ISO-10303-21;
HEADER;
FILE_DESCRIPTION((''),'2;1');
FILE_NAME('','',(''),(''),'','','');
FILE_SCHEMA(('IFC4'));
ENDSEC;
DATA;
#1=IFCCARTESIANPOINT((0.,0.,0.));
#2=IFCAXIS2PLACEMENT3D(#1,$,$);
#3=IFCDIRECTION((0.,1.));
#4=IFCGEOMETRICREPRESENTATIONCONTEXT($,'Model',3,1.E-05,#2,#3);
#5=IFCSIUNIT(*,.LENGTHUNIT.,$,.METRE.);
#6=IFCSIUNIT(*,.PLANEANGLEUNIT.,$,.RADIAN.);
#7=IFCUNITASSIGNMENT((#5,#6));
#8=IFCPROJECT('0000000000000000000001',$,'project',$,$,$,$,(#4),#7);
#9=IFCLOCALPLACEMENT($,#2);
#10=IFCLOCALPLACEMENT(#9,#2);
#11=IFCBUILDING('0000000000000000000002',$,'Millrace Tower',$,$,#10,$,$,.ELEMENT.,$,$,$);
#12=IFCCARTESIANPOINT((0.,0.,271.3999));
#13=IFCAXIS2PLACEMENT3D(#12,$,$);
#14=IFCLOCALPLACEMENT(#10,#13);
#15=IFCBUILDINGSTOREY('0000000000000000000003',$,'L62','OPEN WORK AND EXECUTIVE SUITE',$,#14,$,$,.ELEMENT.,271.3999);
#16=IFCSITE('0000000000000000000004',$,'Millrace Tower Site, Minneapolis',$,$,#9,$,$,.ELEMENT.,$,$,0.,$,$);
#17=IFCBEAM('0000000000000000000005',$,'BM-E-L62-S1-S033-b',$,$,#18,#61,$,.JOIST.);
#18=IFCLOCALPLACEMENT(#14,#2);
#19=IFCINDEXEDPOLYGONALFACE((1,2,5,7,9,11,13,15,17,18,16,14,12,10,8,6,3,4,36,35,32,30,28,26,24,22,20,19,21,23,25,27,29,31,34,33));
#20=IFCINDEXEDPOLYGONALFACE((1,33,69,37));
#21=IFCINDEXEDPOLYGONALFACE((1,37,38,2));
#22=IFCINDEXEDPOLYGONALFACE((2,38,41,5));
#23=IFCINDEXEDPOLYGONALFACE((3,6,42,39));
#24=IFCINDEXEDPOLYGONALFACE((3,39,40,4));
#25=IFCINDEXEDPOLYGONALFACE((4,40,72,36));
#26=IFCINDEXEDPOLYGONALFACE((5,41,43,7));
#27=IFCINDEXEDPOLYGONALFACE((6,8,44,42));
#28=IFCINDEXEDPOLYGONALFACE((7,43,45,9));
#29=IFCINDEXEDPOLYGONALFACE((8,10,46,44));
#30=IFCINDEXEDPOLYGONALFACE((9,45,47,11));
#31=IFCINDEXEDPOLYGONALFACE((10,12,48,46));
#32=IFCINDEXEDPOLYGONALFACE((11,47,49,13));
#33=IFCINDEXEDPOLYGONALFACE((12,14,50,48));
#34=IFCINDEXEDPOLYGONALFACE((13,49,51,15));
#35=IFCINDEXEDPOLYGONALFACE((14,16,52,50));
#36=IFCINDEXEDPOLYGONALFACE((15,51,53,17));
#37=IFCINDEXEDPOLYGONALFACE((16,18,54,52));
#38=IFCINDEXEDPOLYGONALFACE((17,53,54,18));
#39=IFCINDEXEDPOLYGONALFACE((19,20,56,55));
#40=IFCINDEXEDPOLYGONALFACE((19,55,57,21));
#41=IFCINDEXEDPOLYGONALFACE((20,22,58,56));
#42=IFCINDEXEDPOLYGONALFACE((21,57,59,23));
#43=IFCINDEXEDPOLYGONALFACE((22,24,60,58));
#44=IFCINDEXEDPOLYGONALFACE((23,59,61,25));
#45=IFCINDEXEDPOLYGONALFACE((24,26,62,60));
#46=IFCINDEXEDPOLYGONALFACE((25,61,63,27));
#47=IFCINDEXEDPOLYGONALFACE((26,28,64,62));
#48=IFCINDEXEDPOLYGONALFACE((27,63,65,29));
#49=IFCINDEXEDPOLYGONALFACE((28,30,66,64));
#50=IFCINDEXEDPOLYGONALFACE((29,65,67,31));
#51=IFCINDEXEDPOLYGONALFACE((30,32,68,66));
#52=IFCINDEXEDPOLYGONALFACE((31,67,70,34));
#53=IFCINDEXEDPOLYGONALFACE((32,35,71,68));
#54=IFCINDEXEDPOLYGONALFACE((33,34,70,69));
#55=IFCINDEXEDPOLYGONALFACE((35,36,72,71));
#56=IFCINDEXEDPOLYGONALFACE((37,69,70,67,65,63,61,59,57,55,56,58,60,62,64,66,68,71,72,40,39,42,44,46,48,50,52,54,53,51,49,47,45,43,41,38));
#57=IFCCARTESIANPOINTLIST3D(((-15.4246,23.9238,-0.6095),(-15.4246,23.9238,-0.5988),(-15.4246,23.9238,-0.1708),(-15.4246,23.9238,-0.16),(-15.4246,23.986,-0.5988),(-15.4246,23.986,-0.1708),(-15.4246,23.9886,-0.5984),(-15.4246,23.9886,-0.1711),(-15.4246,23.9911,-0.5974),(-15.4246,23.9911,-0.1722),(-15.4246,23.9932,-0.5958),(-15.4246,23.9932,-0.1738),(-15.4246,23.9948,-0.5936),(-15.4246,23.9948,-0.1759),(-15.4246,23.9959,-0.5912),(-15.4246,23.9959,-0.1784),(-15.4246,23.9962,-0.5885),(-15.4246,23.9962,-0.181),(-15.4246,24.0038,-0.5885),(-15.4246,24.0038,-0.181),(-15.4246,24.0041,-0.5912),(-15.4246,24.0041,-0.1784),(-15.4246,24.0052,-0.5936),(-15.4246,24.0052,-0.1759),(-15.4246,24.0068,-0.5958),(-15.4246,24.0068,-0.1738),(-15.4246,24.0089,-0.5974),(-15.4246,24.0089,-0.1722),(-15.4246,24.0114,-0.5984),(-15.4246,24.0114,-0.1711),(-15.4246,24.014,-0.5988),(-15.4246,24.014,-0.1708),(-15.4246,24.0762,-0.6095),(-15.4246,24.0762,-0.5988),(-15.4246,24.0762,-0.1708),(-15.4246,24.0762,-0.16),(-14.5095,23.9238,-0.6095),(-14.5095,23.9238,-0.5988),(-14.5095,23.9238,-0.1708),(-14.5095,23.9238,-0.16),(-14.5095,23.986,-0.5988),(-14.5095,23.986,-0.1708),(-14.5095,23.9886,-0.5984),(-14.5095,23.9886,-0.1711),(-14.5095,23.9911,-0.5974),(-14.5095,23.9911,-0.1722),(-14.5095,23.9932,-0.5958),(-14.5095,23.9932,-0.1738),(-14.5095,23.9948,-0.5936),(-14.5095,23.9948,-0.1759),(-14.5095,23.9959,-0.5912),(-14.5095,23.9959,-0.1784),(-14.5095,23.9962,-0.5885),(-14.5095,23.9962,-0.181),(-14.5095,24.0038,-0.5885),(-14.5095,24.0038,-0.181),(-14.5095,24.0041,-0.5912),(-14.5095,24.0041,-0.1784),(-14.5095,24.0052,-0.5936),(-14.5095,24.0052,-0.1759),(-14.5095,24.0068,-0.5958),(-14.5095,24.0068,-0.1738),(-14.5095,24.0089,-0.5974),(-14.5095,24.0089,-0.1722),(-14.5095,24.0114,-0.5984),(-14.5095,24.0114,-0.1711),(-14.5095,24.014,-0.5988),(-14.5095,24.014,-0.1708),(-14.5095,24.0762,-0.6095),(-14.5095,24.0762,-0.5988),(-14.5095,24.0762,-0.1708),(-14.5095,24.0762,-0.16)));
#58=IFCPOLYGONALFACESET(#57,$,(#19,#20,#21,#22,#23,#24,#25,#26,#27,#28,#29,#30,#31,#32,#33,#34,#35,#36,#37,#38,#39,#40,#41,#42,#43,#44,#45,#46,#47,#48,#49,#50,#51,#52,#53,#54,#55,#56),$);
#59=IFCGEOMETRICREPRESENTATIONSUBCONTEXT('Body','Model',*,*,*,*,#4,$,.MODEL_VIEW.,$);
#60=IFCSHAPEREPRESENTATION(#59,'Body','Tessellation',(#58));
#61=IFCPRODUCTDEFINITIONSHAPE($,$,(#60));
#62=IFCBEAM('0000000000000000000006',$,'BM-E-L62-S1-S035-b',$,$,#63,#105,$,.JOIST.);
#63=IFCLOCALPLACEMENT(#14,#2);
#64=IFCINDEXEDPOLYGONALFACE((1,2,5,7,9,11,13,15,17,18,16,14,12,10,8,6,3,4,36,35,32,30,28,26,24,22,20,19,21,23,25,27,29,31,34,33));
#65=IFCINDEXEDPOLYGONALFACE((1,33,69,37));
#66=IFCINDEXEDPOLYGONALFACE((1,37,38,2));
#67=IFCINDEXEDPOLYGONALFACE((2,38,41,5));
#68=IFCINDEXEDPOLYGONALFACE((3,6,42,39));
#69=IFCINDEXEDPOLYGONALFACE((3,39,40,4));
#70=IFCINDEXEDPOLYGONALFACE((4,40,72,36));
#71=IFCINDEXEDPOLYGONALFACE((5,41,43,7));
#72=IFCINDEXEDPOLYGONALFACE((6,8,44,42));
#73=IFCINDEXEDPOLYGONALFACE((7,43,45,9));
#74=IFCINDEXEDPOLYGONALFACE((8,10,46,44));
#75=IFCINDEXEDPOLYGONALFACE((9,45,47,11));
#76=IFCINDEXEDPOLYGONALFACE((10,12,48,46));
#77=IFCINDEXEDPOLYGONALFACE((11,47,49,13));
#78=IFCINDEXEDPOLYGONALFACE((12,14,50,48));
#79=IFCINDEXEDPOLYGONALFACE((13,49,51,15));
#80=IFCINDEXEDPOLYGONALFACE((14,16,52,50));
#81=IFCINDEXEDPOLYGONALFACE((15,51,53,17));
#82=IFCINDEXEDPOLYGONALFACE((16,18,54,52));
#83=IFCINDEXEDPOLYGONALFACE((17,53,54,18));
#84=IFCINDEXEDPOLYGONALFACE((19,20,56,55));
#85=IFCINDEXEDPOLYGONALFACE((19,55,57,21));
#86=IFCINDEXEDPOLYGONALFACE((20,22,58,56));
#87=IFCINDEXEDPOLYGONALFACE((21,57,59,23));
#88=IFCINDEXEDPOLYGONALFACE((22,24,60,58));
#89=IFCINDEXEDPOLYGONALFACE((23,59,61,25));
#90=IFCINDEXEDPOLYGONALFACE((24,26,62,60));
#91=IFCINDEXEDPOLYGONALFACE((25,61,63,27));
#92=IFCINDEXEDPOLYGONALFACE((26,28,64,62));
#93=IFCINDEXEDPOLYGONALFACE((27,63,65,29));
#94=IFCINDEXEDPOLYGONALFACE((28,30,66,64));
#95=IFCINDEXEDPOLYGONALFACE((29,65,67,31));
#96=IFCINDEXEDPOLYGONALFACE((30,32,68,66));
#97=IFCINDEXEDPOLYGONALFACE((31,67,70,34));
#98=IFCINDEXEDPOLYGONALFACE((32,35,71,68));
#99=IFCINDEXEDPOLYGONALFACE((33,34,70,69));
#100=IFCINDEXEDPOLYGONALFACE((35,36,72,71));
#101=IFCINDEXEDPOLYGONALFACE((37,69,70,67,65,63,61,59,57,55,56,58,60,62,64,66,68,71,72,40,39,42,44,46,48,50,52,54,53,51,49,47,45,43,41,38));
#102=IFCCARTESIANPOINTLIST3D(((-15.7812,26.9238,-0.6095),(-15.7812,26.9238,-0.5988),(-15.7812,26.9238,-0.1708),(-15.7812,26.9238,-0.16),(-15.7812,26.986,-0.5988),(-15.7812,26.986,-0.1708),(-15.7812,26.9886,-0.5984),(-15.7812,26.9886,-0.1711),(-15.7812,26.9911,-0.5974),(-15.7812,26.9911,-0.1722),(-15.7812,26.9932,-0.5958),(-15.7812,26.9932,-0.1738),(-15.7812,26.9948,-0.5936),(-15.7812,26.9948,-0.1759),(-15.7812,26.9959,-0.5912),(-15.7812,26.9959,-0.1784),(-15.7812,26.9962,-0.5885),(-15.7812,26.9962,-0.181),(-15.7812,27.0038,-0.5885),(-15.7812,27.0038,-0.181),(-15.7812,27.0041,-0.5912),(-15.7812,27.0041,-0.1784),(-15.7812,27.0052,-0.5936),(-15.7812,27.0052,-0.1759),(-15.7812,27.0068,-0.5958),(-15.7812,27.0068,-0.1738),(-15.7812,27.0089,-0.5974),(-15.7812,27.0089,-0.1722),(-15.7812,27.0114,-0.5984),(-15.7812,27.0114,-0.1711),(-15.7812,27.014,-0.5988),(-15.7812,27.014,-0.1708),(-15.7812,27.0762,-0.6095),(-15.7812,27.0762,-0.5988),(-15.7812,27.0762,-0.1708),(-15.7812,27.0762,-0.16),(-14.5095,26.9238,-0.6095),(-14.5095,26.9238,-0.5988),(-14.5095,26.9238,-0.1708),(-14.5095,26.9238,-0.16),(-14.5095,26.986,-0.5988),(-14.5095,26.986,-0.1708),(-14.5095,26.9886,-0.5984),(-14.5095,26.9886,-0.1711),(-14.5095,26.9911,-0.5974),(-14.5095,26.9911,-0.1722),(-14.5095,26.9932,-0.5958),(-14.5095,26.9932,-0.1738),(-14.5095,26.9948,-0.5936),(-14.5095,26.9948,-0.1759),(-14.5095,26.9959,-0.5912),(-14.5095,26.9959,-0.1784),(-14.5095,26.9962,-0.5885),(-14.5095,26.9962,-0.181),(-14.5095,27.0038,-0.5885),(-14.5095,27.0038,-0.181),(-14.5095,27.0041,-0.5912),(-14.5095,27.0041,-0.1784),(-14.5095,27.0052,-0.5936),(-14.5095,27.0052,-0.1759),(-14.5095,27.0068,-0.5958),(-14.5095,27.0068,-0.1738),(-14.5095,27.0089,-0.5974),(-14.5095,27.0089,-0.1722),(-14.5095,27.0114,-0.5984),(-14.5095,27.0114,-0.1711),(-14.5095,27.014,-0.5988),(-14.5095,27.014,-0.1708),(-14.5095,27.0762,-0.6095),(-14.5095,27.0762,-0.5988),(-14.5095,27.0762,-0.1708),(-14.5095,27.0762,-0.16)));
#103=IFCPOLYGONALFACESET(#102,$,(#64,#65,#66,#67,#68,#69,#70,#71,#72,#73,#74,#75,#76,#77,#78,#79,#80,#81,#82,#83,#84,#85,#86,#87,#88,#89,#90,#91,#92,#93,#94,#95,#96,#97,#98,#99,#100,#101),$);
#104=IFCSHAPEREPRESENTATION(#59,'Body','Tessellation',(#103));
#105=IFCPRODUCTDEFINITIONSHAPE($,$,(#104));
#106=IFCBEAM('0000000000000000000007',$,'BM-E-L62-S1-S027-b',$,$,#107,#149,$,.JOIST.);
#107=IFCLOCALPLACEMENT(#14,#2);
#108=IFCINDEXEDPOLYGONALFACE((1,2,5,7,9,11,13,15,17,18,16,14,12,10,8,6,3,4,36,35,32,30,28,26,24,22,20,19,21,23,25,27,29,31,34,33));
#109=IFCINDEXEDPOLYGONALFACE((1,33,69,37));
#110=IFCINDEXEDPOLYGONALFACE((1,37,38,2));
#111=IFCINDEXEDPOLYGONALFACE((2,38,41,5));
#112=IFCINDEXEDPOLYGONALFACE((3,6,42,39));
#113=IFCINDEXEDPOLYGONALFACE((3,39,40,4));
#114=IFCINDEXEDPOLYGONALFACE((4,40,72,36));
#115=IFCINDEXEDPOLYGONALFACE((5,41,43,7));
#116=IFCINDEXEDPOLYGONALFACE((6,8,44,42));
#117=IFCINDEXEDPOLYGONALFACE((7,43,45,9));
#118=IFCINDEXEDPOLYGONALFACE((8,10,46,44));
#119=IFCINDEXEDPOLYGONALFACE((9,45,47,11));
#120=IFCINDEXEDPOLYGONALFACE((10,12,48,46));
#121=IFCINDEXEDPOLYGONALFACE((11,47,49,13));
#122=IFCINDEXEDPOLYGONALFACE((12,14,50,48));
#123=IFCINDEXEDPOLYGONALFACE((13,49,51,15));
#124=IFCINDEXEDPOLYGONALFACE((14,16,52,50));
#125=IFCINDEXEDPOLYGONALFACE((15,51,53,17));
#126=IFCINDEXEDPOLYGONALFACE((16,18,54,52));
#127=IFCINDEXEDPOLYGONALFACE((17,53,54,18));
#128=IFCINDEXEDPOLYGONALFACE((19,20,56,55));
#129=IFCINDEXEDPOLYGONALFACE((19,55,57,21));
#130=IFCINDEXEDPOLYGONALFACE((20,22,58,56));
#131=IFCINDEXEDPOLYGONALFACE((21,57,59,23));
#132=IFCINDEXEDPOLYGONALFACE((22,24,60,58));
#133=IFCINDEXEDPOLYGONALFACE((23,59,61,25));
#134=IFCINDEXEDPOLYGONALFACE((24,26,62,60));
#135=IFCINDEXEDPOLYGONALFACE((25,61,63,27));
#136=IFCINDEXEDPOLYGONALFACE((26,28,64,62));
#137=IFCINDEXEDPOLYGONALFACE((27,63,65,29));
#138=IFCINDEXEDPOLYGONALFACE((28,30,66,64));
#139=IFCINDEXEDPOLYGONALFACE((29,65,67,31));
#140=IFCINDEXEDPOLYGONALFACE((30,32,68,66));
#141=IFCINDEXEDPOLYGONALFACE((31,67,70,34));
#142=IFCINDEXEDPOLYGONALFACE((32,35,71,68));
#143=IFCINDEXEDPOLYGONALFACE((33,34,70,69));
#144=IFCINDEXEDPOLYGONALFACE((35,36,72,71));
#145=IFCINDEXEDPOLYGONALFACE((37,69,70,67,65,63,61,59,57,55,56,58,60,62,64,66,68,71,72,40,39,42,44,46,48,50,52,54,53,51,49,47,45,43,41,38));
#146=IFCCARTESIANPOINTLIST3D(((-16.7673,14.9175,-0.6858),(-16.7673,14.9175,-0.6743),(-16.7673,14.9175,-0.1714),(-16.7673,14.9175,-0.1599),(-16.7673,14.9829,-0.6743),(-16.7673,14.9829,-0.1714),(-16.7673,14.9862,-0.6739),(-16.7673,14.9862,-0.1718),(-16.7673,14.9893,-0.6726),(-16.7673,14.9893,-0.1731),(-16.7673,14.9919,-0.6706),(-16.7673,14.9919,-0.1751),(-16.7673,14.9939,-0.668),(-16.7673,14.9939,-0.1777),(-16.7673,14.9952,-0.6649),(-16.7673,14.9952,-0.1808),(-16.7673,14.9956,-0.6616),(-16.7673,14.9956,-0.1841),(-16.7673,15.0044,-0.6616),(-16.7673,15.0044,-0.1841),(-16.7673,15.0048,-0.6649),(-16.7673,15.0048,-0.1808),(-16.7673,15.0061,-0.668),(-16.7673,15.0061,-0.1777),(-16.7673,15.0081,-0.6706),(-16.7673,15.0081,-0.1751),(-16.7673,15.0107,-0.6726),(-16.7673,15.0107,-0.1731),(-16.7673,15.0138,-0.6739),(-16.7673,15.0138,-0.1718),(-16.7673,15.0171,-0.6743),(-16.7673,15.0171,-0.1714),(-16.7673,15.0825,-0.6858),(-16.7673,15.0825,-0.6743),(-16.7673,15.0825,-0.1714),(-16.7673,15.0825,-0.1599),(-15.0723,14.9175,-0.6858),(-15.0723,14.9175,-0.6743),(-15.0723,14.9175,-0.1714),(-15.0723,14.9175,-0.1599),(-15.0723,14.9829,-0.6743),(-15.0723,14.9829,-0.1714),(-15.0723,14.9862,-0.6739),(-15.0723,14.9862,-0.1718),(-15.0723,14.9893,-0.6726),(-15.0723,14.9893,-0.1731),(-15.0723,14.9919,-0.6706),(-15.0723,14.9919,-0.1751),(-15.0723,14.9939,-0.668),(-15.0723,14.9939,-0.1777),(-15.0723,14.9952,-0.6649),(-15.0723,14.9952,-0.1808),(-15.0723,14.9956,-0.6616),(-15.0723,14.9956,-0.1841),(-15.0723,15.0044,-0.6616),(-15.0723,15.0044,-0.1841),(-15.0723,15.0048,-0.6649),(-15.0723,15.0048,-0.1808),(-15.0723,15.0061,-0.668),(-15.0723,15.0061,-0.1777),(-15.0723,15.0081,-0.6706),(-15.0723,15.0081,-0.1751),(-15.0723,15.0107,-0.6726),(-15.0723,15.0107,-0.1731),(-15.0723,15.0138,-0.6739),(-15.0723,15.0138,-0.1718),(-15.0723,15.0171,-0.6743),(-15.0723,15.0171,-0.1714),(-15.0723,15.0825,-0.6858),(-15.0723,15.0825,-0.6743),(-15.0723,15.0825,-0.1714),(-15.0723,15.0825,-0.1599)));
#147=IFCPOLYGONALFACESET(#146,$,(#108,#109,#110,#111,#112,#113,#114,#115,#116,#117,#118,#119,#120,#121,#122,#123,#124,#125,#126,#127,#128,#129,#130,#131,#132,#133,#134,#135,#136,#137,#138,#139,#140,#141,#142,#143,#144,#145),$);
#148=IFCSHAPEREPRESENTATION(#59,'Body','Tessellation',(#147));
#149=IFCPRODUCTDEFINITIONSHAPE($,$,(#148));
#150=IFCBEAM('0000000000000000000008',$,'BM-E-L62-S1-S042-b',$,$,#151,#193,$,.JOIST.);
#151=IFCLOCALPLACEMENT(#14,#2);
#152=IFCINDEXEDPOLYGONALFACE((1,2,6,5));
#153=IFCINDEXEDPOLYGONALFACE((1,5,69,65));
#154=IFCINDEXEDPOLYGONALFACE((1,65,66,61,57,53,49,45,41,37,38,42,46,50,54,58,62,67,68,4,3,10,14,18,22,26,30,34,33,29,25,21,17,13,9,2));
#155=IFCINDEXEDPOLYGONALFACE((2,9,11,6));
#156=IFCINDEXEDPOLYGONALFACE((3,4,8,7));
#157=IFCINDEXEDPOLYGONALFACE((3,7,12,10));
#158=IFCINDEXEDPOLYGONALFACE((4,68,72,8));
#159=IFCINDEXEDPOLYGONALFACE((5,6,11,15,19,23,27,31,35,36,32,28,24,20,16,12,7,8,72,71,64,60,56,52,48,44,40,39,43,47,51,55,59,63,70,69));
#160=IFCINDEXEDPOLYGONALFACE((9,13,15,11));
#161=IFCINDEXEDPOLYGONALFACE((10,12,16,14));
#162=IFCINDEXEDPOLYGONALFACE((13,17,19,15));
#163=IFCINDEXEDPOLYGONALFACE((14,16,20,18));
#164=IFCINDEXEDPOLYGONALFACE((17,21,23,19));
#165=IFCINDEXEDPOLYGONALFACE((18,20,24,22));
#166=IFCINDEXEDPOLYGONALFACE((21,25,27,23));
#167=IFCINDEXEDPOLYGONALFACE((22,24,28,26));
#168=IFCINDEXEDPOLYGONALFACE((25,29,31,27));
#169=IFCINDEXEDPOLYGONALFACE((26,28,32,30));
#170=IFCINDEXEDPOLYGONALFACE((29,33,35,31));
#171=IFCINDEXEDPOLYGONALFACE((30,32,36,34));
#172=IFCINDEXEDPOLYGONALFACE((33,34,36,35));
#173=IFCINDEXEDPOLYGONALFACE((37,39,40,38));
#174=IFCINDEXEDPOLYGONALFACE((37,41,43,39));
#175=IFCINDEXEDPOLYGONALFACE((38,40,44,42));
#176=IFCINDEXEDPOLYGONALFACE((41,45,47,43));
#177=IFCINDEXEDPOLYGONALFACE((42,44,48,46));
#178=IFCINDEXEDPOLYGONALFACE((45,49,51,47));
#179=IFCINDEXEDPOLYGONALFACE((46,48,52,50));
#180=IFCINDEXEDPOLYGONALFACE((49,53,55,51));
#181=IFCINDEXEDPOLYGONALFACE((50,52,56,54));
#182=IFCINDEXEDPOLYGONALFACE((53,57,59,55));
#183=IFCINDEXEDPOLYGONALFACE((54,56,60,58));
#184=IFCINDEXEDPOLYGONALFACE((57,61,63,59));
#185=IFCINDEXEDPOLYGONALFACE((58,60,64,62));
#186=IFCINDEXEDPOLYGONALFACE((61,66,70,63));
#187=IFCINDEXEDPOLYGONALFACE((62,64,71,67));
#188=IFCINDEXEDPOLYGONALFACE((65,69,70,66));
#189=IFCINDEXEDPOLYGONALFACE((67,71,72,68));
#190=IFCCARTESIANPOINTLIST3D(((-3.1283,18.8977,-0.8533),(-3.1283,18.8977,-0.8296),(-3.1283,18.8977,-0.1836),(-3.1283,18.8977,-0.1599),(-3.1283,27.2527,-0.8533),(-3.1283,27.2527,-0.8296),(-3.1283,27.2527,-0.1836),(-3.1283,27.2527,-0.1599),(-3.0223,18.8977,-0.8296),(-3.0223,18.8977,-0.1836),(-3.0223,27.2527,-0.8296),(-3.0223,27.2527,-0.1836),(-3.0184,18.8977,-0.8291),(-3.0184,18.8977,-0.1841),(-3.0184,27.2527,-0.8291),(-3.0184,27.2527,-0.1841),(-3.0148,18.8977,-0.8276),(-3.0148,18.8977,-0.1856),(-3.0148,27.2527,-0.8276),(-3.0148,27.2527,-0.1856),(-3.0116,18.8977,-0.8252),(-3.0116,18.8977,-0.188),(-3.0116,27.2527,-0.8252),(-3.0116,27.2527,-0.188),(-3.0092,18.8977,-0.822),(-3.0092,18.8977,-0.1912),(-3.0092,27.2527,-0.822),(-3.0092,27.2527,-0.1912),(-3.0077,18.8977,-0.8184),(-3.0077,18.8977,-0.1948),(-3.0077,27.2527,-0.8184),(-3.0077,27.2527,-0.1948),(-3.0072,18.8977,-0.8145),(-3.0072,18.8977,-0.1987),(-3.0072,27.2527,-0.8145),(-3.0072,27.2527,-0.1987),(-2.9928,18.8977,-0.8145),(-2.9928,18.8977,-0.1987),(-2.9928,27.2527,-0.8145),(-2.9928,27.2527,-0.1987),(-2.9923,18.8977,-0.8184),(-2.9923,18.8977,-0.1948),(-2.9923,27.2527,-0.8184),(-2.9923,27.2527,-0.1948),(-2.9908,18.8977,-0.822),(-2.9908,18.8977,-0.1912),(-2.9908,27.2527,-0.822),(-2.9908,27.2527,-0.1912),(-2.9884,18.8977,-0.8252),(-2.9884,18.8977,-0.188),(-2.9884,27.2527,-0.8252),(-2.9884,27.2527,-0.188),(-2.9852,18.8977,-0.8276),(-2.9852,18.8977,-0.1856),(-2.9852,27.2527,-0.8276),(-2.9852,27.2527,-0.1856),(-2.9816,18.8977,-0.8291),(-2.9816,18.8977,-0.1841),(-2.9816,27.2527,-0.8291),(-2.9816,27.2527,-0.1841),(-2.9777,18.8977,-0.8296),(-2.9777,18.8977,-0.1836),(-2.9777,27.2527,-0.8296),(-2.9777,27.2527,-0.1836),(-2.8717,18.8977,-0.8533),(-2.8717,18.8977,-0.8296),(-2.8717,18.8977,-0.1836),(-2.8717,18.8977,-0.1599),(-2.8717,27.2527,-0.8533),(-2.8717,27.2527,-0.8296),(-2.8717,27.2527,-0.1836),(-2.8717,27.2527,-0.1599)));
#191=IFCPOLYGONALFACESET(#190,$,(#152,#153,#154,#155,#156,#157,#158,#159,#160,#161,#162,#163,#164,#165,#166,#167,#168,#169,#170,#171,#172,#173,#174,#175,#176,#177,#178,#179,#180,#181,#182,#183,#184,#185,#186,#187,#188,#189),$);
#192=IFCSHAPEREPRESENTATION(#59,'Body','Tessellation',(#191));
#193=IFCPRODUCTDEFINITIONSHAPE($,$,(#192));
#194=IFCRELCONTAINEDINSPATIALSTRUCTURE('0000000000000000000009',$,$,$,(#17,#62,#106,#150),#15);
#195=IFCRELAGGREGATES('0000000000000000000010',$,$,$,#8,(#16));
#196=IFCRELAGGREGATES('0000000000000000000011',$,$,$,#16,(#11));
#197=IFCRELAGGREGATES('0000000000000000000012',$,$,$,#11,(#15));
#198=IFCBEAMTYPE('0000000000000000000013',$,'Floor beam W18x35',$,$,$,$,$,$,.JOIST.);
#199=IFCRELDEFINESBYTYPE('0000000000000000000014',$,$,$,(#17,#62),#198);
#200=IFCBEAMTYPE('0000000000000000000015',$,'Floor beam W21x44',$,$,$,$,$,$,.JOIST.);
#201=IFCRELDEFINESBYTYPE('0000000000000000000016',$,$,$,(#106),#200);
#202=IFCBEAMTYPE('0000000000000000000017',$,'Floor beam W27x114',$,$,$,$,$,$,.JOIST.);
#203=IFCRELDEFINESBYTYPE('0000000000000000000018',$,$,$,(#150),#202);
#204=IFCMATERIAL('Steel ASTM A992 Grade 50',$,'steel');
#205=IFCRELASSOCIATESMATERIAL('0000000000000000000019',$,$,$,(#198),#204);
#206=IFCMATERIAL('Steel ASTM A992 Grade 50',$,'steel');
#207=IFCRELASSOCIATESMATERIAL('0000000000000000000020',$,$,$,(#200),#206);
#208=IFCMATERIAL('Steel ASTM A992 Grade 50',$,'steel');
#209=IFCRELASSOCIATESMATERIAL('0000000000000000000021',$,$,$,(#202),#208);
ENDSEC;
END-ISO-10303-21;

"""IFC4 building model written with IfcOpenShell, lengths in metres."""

from ifc_helpers import new_model, si_unit, direction, frame, origin, origin_2d, place, context, subcontext, project, spatial, i_section, extrude, material, material_profile, profile_set, type_object, element, save


model = new_model("IFC4")

# Units and contexts
model_context = context("Model", 3, precision=1e-05, world=origin(), true_north=direction((0.0, 1.0)))
body_context = subcontext(model_context, "Body", "Model", "MODEL_VIEW")
ifc_project = project(units=[si_unit("LENGTHUNIT", "METRE"), si_unit("PLANEANGLEUNIT", "RADIAN")], contexts=[model_context])

# Site, building, storey
site_placement = place(None, origin())
site = spatial("IfcSite", under=ifc_project, at=site_placement, Name="Millrace Tower Site, Minneapolis", CompositionType="ELEMENT", RefElevation=0.0)
building_placement = place(site_placement, origin())
building = spatial("IfcBuilding", under=site, at=building_placement, Name="Millrace Tower", CompositionType="ELEMENT")
storey_placement = place(building_placement, frame((0.0, 0.0, 271.3999)))
storey = spatial("IfcBuildingStorey", under=building, at=storey_placement, Name="L62", Description="OPEN WORK AND EXECUTIVE SUITE", CompositionType="ELEMENT", Elevation=271.3999)

# Beams
ifc_material_1 = material(Name="Steel ASTM A992 Grade 50", Category="steel")
ifc_material_profile_1 = material_profile(ifc_material_1, i_section(OverallWidth=0.1523, OverallDepth=0.4495, WebThickness=0.0076, FlangeThickness=0.0107, FilletRadius=0.0103, at=origin_2d()))
ifc_profile_set_1 = profile_set([ifc_material_profile_1], Name="Steel ASTM A992 Grade 50")
beam_type_1 = type_object("IfcBeamType", Name="Floor beam W18x35", PredefinedType="JOIST", material=ifc_profile_set_1)
beam_1_placement = place(storey_placement, frame((-15.4246, 24.0, -0.3848), z_axis=(1.0, 0.0, 0.0), x_axis=(0.0, 1.0, 0.0)))
element("IfcBeam", 1, at=beam_1_placement, inside=storey, type_object=beam_type_1, Name="BM-E-L62-S1-S033-b", PredefinedType="JOIST", context=body_context, shape_type="SweptSolid", body=[
    extrude(i_section(OverallWidth=0.1523, OverallDepth=0.4495, WebThickness=0.0076, FlangeThickness=0.0107, FilletRadius=0.0103, at=origin_2d()), origin(), (0.0, 0.0, 1.0), 0.915),
])
beam_2_placement = place(storey_placement, frame((-15.7812, 27.0, -0.3848), z_axis=(1.0, 0.0, 0.0), x_axis=(0.0, 1.0, 0.0)))
element("IfcBeam", 2, at=beam_2_placement, inside=storey, type_object=beam_type_1, Name="BM-E-L62-S1-S035-b", PredefinedType="JOIST", context=body_context, shape_type="SweptSolid", body=[
    extrude(i_section(OverallWidth=0.1523, OverallDepth=0.4495, WebThickness=0.0076, FlangeThickness=0.0107, FilletRadius=0.0103, at=origin_2d()), origin(), (0.0, 0.0, 1.0), 1.2717),
])
ifc_material_2 = material(Name="Steel ASTM A992 Grade 50", Category="steel")
ifc_material_profile_2 = material_profile(ifc_material_2, i_section(OverallWidth=0.165, OverallDepth=0.5259, WebThickness=0.0088, FlangeThickness=0.0115, FilletRadius=0.0127, at=origin_2d()))
ifc_profile_set_2 = profile_set([ifc_material_profile_2], Name="Steel ASTM A992 Grade 50")
beam_type_2 = type_object("IfcBeamType", Name="Floor beam W21x44", PredefinedType="JOIST", material=ifc_profile_set_2)
beam_3_placement = place(storey_placement, frame((-16.7673, 15.0, -0.4229), z_axis=(1.0, 0.0, 0.0), x_axis=(0.0, 1.0, 0.0)))
element("IfcBeam", 3, at=beam_3_placement, inside=storey, type_object=beam_type_2, Name="BM-E-L62-S1-S027-b", PredefinedType="JOIST", context=body_context, shape_type="SweptSolid", body=[
    extrude(i_section(OverallWidth=0.165, OverallDepth=0.5259, WebThickness=0.0088, FlangeThickness=0.0115, FilletRadius=0.0127, at=origin_2d()), origin(), (0.0, 0.0, 1.0), 1.6951),
])
ifc_material_3 = material(Name="Steel ASTM A992 Grade 50", Category="steel")
ifc_material_profile_3 = material_profile(ifc_material_3, i_section(OverallWidth=0.2566, OverallDepth=0.6934, WebThickness=0.0144, FlangeThickness=0.0237, FilletRadius=0.0151, at=origin_2d()))
ifc_profile_set_3 = profile_set([ifc_material_profile_3], Name="Steel ASTM A992 Grade 50")
beam_type_3 = type_object("IfcBeamType", Name="Floor beam W27x114", PredefinedType="JOIST", material=ifc_profile_set_3)
beam_4_placement = place(storey_placement, frame((-3.0, 18.8977, -0.5066), z_axis=(0.0, 1.0, 0.0), x_axis=(-1.0, 0.0, 0.0)))
element("IfcBeam", 4, at=beam_4_placement, inside=storey, type_object=beam_type_3, Name="BM-E-L62-S1-S042-b", PredefinedType="JOIST", context=body_context, shape_type="SweptSolid", body=[
    extrude(i_section(OverallWidth=0.2566, OverallDepth=0.6934, WebThickness=0.0144, FlangeThickness=0.0237, FilletRadius=0.0151, at=origin_2d()), origin(), (0.0, 0.0, 1.0), 8.355),
])

save(model, "model.ifc")
